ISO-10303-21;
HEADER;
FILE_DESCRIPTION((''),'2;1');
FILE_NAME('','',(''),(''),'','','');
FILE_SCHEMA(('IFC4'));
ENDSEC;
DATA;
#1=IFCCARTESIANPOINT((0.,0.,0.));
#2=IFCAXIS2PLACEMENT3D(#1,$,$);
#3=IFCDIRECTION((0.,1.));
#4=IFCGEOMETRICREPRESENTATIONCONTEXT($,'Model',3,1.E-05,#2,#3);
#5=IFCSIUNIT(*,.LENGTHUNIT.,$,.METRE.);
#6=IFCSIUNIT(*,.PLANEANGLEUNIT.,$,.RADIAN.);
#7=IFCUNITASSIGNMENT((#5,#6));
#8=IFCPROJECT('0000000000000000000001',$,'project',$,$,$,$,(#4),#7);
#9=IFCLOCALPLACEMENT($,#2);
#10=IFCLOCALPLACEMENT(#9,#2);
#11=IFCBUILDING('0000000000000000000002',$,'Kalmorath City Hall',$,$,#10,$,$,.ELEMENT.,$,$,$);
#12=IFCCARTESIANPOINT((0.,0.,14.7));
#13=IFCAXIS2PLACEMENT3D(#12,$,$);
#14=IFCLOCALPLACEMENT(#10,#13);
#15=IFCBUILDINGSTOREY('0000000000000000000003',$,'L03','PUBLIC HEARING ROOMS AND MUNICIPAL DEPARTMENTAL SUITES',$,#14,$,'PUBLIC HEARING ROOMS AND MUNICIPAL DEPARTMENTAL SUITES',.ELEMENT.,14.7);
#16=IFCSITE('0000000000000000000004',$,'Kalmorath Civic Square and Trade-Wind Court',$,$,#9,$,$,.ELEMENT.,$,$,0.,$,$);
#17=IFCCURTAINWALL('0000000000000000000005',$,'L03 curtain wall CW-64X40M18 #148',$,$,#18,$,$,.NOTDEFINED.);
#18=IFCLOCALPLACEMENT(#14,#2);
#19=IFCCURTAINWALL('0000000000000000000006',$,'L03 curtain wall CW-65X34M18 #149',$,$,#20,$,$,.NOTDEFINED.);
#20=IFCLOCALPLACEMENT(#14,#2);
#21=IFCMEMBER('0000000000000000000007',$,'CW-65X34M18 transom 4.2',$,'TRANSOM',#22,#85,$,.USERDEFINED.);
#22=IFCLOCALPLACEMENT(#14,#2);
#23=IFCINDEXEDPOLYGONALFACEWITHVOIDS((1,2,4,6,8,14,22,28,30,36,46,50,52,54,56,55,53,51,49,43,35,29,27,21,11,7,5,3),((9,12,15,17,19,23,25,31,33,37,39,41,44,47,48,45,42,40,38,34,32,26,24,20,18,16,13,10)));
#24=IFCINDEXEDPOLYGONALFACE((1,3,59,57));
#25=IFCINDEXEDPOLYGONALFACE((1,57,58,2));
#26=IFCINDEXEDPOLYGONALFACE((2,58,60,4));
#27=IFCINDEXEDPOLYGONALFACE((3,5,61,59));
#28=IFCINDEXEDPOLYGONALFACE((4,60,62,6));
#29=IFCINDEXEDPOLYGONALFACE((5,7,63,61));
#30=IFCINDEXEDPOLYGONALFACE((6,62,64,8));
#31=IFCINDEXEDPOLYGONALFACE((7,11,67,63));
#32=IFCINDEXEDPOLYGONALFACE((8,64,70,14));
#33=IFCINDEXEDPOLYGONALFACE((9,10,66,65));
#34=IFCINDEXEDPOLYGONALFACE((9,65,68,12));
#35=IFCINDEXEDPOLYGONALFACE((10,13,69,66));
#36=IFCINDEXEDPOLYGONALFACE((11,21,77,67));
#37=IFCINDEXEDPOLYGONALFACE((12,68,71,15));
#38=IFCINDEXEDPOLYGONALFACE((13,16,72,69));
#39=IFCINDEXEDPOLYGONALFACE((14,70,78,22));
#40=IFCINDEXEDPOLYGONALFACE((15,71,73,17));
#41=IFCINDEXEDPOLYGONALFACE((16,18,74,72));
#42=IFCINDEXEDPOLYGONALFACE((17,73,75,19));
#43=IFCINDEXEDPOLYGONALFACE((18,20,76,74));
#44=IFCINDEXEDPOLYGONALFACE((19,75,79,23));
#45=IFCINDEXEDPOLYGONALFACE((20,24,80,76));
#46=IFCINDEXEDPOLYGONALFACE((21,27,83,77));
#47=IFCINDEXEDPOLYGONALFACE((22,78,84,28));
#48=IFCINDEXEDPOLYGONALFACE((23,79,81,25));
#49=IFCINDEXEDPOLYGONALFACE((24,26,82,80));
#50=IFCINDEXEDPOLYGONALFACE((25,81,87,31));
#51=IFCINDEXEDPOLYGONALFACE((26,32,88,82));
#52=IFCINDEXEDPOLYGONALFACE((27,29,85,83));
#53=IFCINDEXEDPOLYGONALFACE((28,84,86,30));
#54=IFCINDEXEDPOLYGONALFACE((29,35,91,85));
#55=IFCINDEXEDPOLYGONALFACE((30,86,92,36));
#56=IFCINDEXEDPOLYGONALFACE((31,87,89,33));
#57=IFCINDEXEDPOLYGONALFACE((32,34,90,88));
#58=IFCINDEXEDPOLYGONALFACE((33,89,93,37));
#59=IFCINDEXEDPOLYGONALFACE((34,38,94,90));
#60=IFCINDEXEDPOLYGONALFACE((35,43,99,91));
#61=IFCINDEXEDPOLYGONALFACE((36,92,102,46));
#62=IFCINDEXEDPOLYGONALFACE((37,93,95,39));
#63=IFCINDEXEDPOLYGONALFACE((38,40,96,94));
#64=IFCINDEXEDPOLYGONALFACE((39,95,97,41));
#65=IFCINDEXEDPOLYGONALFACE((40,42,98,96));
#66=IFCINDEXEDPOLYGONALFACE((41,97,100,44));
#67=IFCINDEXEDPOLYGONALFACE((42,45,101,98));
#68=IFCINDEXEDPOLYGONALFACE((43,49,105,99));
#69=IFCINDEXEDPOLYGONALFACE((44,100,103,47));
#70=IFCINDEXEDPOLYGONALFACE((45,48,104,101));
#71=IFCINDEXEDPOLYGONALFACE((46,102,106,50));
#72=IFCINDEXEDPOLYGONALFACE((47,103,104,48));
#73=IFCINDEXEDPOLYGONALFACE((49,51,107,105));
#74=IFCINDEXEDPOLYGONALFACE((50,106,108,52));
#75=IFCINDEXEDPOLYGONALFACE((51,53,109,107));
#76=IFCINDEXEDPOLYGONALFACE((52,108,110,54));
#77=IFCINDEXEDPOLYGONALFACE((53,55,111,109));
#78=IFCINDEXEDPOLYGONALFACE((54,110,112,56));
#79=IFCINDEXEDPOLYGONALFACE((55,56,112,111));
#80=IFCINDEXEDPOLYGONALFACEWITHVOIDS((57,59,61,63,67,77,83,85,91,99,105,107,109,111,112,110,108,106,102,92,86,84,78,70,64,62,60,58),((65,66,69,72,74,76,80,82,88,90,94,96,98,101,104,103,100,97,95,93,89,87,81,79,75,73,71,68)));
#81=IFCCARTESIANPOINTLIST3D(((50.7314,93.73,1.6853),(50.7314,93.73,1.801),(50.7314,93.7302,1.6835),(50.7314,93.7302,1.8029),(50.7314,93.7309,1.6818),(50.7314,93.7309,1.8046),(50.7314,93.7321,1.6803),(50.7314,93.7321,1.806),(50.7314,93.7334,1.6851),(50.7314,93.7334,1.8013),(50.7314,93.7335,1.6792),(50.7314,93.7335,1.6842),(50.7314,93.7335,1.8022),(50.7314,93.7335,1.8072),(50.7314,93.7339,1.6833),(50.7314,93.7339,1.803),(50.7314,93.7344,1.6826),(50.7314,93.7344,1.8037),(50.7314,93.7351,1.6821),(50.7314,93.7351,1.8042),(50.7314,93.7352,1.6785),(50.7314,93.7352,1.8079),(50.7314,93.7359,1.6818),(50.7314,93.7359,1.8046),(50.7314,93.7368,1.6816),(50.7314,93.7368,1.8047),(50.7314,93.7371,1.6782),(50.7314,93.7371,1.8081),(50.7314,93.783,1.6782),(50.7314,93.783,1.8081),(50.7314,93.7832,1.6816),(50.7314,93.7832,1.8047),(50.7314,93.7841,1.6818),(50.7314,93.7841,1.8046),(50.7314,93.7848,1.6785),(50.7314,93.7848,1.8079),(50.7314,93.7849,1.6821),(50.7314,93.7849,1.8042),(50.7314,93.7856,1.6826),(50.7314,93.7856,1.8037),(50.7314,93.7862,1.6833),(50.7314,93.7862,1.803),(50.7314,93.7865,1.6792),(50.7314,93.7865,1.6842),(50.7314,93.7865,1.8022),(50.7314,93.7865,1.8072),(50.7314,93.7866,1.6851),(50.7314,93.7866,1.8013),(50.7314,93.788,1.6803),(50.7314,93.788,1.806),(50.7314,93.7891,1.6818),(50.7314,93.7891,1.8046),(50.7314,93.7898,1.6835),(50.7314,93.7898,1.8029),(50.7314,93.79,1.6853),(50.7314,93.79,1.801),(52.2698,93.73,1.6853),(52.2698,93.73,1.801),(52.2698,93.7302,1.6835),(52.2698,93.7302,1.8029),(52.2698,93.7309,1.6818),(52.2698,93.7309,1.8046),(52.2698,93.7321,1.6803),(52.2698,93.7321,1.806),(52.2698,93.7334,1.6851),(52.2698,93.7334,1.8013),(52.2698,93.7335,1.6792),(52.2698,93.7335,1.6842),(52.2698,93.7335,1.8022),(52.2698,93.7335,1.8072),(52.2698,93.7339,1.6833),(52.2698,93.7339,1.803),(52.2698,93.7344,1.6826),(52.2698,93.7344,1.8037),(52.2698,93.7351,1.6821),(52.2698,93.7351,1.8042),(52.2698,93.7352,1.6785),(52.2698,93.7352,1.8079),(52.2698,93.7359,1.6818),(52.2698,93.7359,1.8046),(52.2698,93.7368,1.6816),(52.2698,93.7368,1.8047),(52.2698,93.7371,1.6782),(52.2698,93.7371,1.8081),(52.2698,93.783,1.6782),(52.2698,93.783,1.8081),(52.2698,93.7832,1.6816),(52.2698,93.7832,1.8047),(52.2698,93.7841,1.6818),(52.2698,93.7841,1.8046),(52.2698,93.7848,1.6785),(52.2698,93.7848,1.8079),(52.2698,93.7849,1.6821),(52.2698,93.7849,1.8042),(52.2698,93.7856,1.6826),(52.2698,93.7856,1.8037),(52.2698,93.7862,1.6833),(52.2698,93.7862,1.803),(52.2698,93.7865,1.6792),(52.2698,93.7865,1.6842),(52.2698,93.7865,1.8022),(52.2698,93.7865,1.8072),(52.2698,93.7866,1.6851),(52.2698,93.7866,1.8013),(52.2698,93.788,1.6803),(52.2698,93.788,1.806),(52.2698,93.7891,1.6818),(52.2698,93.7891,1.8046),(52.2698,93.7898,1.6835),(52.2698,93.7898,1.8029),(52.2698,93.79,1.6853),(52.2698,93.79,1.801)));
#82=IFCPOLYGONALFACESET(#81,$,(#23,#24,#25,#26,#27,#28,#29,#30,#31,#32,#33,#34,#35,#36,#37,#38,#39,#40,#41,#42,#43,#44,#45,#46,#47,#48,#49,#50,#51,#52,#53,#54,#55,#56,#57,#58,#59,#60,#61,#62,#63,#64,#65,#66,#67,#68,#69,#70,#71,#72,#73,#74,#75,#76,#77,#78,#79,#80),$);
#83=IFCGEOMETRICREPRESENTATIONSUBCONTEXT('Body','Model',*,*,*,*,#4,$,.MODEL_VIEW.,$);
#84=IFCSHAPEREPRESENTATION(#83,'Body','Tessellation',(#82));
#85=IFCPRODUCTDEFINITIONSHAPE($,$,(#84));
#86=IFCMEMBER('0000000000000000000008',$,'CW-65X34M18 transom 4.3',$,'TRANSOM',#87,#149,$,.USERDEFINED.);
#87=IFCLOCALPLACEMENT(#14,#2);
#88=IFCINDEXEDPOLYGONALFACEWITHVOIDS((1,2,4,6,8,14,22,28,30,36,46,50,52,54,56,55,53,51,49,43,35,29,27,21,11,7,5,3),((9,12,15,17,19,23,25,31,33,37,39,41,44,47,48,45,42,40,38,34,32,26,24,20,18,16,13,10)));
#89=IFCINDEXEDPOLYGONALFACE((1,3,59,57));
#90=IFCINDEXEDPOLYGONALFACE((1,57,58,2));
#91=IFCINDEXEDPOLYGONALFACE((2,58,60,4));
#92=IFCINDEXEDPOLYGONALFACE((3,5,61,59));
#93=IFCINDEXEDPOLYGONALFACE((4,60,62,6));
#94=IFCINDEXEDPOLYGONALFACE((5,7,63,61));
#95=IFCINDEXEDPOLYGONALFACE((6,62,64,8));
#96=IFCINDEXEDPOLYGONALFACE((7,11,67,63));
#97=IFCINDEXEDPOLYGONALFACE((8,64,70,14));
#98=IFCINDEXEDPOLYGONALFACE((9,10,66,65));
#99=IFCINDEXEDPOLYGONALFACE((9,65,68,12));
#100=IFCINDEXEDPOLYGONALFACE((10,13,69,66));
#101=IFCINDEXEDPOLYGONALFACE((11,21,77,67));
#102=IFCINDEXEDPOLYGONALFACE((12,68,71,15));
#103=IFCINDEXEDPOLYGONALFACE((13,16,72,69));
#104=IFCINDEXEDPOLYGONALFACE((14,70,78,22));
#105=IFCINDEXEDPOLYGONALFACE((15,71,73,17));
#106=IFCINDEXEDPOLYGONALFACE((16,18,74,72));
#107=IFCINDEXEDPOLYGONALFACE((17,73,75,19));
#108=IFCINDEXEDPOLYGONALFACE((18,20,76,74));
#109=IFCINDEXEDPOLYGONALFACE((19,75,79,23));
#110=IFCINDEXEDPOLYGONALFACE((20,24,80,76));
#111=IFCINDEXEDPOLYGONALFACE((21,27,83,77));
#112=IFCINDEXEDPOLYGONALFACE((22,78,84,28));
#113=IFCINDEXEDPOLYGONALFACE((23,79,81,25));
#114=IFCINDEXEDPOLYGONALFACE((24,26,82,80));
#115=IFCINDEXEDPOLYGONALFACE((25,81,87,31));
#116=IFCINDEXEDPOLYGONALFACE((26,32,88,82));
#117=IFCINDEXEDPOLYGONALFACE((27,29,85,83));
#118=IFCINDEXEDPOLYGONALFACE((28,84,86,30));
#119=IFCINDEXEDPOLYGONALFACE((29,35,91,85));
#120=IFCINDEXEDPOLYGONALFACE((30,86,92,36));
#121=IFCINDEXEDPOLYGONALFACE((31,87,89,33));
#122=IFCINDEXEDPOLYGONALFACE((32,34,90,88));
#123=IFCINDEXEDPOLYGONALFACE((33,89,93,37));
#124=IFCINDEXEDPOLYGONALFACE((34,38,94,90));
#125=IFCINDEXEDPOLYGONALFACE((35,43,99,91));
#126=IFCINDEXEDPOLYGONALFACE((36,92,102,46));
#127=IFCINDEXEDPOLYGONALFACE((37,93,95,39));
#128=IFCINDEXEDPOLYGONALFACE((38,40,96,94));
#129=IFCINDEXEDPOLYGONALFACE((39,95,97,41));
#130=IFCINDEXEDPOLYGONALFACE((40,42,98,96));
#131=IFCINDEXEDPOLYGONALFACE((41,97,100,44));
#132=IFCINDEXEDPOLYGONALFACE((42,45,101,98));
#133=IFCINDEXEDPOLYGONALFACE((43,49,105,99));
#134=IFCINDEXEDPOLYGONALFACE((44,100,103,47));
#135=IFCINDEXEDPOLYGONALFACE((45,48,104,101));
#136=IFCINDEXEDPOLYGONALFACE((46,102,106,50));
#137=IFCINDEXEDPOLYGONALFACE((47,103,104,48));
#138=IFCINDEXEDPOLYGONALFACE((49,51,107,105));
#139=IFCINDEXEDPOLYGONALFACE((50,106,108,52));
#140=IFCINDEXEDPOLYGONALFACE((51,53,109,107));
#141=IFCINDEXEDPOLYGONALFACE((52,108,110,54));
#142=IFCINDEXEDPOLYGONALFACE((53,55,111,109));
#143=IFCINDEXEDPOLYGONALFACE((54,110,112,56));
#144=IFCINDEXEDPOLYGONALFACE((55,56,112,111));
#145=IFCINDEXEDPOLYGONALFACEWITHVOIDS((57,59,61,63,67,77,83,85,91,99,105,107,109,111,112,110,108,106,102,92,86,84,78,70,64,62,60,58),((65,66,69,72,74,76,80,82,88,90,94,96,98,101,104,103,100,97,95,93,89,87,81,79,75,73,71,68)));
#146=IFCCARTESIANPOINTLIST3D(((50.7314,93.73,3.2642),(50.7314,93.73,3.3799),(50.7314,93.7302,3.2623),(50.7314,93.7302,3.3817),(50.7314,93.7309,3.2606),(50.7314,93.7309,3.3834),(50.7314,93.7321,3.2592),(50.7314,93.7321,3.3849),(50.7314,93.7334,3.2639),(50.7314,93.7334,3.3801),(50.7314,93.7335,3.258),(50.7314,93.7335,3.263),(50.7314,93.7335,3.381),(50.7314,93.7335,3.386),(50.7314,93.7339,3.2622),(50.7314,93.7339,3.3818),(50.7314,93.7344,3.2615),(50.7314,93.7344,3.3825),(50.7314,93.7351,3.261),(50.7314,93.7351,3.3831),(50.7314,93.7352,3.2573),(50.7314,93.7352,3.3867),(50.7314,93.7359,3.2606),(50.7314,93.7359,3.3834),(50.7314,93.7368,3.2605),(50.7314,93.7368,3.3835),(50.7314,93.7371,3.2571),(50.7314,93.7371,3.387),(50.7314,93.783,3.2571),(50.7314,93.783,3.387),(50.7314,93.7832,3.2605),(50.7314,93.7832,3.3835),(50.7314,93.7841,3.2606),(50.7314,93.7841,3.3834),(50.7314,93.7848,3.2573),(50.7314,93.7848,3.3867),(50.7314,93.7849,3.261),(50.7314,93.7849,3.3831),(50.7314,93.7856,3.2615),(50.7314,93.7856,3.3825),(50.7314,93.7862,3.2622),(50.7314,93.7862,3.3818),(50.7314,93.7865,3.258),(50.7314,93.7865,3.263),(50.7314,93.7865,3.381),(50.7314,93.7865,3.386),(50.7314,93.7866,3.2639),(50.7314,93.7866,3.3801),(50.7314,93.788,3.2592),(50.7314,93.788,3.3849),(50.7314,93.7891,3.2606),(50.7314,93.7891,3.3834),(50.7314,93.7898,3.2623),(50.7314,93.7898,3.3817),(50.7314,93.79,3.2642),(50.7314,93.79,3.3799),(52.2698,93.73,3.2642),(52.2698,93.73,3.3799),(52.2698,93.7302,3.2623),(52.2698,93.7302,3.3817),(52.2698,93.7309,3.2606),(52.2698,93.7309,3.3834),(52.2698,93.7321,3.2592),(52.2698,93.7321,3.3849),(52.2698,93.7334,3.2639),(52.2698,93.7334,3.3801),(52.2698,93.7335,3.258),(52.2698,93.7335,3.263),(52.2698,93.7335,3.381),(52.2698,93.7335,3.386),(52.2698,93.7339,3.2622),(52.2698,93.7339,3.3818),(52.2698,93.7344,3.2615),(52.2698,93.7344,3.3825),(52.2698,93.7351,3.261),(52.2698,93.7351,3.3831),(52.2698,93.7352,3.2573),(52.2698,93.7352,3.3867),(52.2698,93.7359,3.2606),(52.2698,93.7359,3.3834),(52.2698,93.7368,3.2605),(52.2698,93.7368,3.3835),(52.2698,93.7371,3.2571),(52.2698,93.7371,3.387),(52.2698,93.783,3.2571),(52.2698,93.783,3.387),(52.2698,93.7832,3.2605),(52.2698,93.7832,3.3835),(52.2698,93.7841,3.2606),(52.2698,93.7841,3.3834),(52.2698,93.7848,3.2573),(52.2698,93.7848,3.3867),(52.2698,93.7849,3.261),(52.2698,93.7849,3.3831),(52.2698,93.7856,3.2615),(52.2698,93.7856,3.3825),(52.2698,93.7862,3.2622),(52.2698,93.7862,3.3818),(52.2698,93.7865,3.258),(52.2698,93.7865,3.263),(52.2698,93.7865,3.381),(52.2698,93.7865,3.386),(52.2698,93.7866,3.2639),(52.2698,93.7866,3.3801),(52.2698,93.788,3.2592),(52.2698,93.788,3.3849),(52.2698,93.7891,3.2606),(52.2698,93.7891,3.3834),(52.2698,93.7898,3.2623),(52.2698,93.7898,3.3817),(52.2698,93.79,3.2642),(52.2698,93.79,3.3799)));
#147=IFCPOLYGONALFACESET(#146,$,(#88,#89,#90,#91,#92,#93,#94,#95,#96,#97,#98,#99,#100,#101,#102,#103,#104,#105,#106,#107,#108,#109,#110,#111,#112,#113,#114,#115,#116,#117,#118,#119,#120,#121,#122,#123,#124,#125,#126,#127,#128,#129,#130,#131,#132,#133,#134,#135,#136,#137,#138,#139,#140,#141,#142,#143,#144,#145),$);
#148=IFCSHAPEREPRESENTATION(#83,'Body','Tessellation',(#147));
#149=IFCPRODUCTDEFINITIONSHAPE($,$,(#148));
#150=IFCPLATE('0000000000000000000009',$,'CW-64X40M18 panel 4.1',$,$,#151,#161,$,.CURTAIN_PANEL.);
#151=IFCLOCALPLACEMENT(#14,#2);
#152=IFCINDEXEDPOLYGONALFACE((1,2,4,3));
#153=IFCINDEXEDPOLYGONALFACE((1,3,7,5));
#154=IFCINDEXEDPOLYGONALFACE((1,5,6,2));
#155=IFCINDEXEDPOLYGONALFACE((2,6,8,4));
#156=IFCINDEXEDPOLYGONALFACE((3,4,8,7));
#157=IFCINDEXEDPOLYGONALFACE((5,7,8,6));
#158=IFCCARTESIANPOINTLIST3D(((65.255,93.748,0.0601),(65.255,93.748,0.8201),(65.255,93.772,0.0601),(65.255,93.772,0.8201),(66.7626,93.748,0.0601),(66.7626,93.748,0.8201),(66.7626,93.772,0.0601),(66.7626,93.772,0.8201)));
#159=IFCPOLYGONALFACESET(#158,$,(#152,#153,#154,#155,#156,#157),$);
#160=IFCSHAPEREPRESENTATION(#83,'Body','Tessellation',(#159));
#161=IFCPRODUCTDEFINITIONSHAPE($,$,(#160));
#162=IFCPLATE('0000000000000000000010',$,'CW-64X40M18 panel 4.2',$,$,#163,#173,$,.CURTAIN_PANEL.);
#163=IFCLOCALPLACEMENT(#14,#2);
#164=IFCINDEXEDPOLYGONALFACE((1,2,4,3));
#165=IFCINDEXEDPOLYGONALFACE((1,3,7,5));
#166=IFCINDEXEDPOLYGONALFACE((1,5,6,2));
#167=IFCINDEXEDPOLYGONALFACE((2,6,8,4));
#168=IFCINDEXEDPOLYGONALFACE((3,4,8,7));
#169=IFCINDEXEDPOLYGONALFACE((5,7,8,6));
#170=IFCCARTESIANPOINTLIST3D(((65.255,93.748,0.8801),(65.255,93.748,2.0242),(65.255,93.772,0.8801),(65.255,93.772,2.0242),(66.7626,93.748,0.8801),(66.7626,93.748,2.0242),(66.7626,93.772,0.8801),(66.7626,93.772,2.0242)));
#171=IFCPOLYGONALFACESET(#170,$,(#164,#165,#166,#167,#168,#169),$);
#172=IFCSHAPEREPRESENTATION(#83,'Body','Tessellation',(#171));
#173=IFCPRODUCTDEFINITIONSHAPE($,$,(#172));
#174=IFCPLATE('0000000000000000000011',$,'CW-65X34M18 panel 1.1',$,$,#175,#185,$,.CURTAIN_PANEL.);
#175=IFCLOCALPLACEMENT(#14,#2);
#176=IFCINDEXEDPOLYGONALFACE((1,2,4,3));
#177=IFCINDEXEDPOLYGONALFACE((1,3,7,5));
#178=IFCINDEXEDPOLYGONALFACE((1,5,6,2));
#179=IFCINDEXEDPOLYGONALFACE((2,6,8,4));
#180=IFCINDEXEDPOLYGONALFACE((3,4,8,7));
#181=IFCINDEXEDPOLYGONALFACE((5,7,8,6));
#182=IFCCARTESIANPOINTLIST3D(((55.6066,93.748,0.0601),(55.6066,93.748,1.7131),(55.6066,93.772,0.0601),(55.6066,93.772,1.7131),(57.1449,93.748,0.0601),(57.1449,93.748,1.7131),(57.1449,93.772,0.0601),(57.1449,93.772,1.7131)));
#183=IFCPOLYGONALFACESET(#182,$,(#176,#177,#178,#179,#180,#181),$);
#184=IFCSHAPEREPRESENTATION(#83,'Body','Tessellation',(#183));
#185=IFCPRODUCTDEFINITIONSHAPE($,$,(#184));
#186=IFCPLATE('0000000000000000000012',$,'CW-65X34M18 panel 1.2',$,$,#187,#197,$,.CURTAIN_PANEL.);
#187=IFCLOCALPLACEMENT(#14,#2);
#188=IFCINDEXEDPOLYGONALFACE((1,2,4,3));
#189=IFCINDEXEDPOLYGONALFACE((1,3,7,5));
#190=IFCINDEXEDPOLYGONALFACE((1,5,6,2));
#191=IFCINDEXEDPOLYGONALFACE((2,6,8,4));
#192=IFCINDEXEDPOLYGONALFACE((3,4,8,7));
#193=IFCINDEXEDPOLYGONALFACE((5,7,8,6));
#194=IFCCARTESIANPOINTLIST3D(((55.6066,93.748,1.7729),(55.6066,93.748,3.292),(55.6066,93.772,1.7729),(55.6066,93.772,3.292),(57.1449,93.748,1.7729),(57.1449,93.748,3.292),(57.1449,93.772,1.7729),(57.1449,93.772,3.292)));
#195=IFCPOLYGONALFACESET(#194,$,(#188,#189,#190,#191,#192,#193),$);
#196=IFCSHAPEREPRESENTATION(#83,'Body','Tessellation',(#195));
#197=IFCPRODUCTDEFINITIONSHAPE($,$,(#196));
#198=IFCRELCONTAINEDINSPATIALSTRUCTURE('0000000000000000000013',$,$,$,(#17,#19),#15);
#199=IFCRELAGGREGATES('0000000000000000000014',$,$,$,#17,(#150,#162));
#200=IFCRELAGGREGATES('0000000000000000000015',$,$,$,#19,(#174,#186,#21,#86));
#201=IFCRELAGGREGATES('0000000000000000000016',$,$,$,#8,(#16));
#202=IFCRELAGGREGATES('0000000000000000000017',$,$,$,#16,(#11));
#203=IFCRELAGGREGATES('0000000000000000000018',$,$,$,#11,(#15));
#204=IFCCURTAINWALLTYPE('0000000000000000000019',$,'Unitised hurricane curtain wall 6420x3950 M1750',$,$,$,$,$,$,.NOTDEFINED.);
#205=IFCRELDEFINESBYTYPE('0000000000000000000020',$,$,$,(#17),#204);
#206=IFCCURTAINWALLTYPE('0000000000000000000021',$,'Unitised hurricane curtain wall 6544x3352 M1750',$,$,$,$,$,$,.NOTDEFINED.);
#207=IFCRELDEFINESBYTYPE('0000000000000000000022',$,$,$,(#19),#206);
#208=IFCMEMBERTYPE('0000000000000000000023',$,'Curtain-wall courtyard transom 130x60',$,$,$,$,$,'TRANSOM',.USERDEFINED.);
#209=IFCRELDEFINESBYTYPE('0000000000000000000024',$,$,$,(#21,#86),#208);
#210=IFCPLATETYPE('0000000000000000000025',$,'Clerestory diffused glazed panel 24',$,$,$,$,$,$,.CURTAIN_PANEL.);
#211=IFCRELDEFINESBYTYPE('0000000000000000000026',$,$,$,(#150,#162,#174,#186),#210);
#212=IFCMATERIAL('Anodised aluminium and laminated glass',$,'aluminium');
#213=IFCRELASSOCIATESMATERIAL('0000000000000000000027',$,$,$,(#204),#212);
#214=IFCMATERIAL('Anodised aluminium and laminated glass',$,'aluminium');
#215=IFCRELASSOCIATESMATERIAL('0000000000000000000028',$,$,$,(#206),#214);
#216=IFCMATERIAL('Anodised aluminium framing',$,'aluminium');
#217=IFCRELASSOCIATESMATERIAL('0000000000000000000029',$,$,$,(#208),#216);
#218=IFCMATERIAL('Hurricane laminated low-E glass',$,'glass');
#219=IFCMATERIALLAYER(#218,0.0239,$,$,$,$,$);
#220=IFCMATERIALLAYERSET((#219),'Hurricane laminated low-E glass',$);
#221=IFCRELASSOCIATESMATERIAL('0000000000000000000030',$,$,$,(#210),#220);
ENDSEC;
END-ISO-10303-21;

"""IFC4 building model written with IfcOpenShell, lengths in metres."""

from ifc_helpers import new_model, si_unit, direction, frame, origin, origin_2d, place, context, subcontext, project, spatial, rectangle, hollow_rectangle, extrude, material, layer, layer_set, material_profile, profile_set, type_object, element, aggregate, save


model = new_model("IFC4")

# Units and contexts
model_context = context("Model", 3, precision=1e-05, world=origin(), true_north=direction((0.0, 1.0)))
body_context = subcontext(model_context, "Body", "Model", "MODEL_VIEW")
ifc_project = project(units=[si_unit("LENGTHUNIT", "METRE"), si_unit("PLANEANGLEUNIT", "RADIAN")], contexts=[model_context])

# Site, building, storey
site_placement = place(None, origin())
site = spatial("IfcSite", under=ifc_project, at=site_placement, Name="Kalmorath Civic Square and Trade-Wind Court", CompositionType="ELEMENT", RefElevation=0.0)
building_placement = place(site_placement, origin())
building = spatial("IfcBuilding", under=site, at=building_placement, Name="Kalmorath City Hall", CompositionType="ELEMENT")
storey_placement = place(building_placement, frame((0.0, 0.0, 14.7)))
storey = spatial("IfcBuildingStorey", under=building, at=storey_placement, Name="L03", Description="PUBLIC HEARING ROOMS AND MUNICIPAL DEPARTMENTAL SUITES", LongName="PUBLIC HEARING ROOMS AND MUNICIPAL DEPARTMENTAL SUITES", CompositionType="ELEMENT", Elevation=14.7)

# Curtain wall
ifc_material_1 = material(Name="Anodised aluminium and laminated glass", Category="aluminium")
curtain_wall_type_1 = type_object("IfcCurtainWallType", Name="Unitised hurricane curtain wall 6420x3950 M1750", PredefinedType="NOTDEFINED", material=ifc_material_1)
curtain_wall_1_placement = place(storey_placement, origin())
curtain_wall_1 = element("IfcCurtainWall", 1, at=curtain_wall_1_placement, inside=storey, type_object=curtain_wall_type_1, Name="L03 curtain wall CW-64X40M18 #148", PredefinedType="NOTDEFINED")

# Curtain wall, members
ifc_material_2 = material(Name="Anodised aluminium and laminated glass", Category="aluminium")
curtain_wall_type_2 = type_object("IfcCurtainWallType", Name="Unitised hurricane curtain wall 6544x3352 M1750", PredefinedType="NOTDEFINED", material=ifc_material_2)
curtain_wall_2_placement = place(storey_placement, origin())
curtain_wall_2 = element("IfcCurtainWall", 2, at=curtain_wall_2_placement, inside=storey, type_object=curtain_wall_type_2, Name="L03 curtain wall CW-65X34M18 #149", PredefinedType="NOTDEFINED")
ifc_material_3 = material(Name="Anodised aluminium framing", Category="aluminium")
ifc_material_profile_1 = material_profile(ifc_material_3, hollow_rectangle(XDim=0.0601, YDim=0.1299, WallThickness=0.0034, InnerFilletRadius=0.0034, OuterFilletRadius=0.0071, at=origin_2d()), Name="ALU-TRN-130X60X3.5")
ifc_profile_set_1 = profile_set([ifc_material_profile_1], Name="Anodised aluminium framing")
member_type_1 = type_object("IfcMemberType", Name="Curtain-wall courtyard transom 130x60", ElementType="TRANSOM", PredefinedType="USERDEFINED", material=ifc_profile_set_1)
member_1_placement = place(storey_placement, frame((52.2698, 93.76, 1.7432), z_axis=(-1.0, 0.0, 0.0), x_axis=(0.0, -1.0, 0.0)))
member_1 = element("IfcMember", 3, at=member_1_placement, type_object=member_type_1, Name="CW-65X34M18 transom 4.2", ObjectType="TRANSOM", PredefinedType="USERDEFINED", context=body_context, shape_type="SweptSolid", body=[
    extrude(hollow_rectangle(XDim=0.0601, YDim=0.1299, WallThickness=0.0034, InnerFilletRadius=0.0034, OuterFilletRadius=0.0071, at=origin_2d()), origin(), (0.0, 0.0, 1.0), 1.5383),
])
member_2_placement = place(storey_placement, frame((52.2698, 93.76, 3.322), z_axis=(-1.0, 0.0, 0.0), x_axis=(0.0, -1.0, 0.0)))
member_2 = element("IfcMember", 4, at=member_2_placement, type_object=member_type_1, Name="CW-65X34M18 transom 4.3", ObjectType="TRANSOM", PredefinedType="USERDEFINED", context=body_context, shape_type="SweptSolid", body=[
    extrude(hollow_rectangle(XDim=0.0601, YDim=0.1299, WallThickness=0.0034, InnerFilletRadius=0.0034, OuterFilletRadius=0.0071, at=origin_2d()), origin(), (0.0, 0.0, 1.0), 1.5383),
])

# Plates
ifc_material_4 = material(Name="Hurricane laminated low-E glass", Category="glass")
ifc_layer_1 = layer(ifc_material_4, 0.0239)
ifc_layer_set_1 = layer_set([ifc_layer_1], Name="Hurricane laminated low-E glass")
plate_type = type_object("IfcPlateType", Name="Clerestory diffused glazed panel 24", PredefinedType="CURTAIN_PANEL", material=ifc_layer_set_1)
plate_1_placement = place(storey_placement, frame((66.0088, 93.76, 0.0601), z_axis=(0.0, 0.0, 1.0), x_axis=(-1.0, 0.0, 0.0)))
plate_1 = element("IfcPlate", 5, at=plate_1_placement, type_object=plate_type, Name="CW-64X40M18 panel 4.1", PredefinedType="CURTAIN_PANEL", context=body_context, shape_type="SweptSolid", body=[
    extrude(rectangle(XDim=1.5076, YDim=0.0239, at=origin_2d()), origin(), (0.0, 0.0, 1.0), 0.76),
])
plate_2_placement = place(storey_placement, frame((66.0088, 93.76, 0.8801), z_axis=(0.0, 0.0, 1.0), x_axis=(-1.0, 0.0, 0.0)))
plate_2 = element("IfcPlate", 6, at=plate_2_placement, type_object=plate_type, Name="CW-64X40M18 panel 4.2", PredefinedType="CURTAIN_PANEL", context=body_context, shape_type="SweptSolid", body=[
    extrude(rectangle(XDim=1.5076, YDim=0.0239, at=origin_2d()), origin(), (0.0, 0.0, 1.0), 1.144),
])
aggregate(curtain_wall_1, [plate_1, plate_2])
plate_3_placement = place(storey_placement, frame((56.3757, 93.76, 0.0601), z_axis=(0.0, 0.0, 1.0), x_axis=(-1.0, 0.0, 0.0)))
plate_3 = element("IfcPlate", 7, at=plate_3_placement, type_object=plate_type, Name="CW-65X34M18 panel 1.1", PredefinedType="CURTAIN_PANEL", context=body_context, shape_type="SweptSolid", body=[
    extrude(rectangle(XDim=1.5383, YDim=0.0239, at=origin_2d()), origin(), (0.0, 0.0, 1.0), 1.6531),
])
plate_4_placement = place(storey_placement, frame((56.3757, 93.76, 1.7729), z_axis=(0.0, 0.0, 1.0), x_axis=(-1.0, 0.0, 0.0)))
plate_4 = element("IfcPlate", 8, at=plate_4_placement, type_object=plate_type, Name="CW-65X34M18 panel 1.2", PredefinedType="CURTAIN_PANEL", context=body_context, shape_type="SweptSolid", body=[
    extrude(rectangle(XDim=1.5383, YDim=0.0239, at=origin_2d()), origin(), (0.0, 0.0, 1.0), 1.519),
])
aggregate(curtain_wall_2, [plate_3, plate_4, member_1, member_2])

save(model, "model.ifc")
